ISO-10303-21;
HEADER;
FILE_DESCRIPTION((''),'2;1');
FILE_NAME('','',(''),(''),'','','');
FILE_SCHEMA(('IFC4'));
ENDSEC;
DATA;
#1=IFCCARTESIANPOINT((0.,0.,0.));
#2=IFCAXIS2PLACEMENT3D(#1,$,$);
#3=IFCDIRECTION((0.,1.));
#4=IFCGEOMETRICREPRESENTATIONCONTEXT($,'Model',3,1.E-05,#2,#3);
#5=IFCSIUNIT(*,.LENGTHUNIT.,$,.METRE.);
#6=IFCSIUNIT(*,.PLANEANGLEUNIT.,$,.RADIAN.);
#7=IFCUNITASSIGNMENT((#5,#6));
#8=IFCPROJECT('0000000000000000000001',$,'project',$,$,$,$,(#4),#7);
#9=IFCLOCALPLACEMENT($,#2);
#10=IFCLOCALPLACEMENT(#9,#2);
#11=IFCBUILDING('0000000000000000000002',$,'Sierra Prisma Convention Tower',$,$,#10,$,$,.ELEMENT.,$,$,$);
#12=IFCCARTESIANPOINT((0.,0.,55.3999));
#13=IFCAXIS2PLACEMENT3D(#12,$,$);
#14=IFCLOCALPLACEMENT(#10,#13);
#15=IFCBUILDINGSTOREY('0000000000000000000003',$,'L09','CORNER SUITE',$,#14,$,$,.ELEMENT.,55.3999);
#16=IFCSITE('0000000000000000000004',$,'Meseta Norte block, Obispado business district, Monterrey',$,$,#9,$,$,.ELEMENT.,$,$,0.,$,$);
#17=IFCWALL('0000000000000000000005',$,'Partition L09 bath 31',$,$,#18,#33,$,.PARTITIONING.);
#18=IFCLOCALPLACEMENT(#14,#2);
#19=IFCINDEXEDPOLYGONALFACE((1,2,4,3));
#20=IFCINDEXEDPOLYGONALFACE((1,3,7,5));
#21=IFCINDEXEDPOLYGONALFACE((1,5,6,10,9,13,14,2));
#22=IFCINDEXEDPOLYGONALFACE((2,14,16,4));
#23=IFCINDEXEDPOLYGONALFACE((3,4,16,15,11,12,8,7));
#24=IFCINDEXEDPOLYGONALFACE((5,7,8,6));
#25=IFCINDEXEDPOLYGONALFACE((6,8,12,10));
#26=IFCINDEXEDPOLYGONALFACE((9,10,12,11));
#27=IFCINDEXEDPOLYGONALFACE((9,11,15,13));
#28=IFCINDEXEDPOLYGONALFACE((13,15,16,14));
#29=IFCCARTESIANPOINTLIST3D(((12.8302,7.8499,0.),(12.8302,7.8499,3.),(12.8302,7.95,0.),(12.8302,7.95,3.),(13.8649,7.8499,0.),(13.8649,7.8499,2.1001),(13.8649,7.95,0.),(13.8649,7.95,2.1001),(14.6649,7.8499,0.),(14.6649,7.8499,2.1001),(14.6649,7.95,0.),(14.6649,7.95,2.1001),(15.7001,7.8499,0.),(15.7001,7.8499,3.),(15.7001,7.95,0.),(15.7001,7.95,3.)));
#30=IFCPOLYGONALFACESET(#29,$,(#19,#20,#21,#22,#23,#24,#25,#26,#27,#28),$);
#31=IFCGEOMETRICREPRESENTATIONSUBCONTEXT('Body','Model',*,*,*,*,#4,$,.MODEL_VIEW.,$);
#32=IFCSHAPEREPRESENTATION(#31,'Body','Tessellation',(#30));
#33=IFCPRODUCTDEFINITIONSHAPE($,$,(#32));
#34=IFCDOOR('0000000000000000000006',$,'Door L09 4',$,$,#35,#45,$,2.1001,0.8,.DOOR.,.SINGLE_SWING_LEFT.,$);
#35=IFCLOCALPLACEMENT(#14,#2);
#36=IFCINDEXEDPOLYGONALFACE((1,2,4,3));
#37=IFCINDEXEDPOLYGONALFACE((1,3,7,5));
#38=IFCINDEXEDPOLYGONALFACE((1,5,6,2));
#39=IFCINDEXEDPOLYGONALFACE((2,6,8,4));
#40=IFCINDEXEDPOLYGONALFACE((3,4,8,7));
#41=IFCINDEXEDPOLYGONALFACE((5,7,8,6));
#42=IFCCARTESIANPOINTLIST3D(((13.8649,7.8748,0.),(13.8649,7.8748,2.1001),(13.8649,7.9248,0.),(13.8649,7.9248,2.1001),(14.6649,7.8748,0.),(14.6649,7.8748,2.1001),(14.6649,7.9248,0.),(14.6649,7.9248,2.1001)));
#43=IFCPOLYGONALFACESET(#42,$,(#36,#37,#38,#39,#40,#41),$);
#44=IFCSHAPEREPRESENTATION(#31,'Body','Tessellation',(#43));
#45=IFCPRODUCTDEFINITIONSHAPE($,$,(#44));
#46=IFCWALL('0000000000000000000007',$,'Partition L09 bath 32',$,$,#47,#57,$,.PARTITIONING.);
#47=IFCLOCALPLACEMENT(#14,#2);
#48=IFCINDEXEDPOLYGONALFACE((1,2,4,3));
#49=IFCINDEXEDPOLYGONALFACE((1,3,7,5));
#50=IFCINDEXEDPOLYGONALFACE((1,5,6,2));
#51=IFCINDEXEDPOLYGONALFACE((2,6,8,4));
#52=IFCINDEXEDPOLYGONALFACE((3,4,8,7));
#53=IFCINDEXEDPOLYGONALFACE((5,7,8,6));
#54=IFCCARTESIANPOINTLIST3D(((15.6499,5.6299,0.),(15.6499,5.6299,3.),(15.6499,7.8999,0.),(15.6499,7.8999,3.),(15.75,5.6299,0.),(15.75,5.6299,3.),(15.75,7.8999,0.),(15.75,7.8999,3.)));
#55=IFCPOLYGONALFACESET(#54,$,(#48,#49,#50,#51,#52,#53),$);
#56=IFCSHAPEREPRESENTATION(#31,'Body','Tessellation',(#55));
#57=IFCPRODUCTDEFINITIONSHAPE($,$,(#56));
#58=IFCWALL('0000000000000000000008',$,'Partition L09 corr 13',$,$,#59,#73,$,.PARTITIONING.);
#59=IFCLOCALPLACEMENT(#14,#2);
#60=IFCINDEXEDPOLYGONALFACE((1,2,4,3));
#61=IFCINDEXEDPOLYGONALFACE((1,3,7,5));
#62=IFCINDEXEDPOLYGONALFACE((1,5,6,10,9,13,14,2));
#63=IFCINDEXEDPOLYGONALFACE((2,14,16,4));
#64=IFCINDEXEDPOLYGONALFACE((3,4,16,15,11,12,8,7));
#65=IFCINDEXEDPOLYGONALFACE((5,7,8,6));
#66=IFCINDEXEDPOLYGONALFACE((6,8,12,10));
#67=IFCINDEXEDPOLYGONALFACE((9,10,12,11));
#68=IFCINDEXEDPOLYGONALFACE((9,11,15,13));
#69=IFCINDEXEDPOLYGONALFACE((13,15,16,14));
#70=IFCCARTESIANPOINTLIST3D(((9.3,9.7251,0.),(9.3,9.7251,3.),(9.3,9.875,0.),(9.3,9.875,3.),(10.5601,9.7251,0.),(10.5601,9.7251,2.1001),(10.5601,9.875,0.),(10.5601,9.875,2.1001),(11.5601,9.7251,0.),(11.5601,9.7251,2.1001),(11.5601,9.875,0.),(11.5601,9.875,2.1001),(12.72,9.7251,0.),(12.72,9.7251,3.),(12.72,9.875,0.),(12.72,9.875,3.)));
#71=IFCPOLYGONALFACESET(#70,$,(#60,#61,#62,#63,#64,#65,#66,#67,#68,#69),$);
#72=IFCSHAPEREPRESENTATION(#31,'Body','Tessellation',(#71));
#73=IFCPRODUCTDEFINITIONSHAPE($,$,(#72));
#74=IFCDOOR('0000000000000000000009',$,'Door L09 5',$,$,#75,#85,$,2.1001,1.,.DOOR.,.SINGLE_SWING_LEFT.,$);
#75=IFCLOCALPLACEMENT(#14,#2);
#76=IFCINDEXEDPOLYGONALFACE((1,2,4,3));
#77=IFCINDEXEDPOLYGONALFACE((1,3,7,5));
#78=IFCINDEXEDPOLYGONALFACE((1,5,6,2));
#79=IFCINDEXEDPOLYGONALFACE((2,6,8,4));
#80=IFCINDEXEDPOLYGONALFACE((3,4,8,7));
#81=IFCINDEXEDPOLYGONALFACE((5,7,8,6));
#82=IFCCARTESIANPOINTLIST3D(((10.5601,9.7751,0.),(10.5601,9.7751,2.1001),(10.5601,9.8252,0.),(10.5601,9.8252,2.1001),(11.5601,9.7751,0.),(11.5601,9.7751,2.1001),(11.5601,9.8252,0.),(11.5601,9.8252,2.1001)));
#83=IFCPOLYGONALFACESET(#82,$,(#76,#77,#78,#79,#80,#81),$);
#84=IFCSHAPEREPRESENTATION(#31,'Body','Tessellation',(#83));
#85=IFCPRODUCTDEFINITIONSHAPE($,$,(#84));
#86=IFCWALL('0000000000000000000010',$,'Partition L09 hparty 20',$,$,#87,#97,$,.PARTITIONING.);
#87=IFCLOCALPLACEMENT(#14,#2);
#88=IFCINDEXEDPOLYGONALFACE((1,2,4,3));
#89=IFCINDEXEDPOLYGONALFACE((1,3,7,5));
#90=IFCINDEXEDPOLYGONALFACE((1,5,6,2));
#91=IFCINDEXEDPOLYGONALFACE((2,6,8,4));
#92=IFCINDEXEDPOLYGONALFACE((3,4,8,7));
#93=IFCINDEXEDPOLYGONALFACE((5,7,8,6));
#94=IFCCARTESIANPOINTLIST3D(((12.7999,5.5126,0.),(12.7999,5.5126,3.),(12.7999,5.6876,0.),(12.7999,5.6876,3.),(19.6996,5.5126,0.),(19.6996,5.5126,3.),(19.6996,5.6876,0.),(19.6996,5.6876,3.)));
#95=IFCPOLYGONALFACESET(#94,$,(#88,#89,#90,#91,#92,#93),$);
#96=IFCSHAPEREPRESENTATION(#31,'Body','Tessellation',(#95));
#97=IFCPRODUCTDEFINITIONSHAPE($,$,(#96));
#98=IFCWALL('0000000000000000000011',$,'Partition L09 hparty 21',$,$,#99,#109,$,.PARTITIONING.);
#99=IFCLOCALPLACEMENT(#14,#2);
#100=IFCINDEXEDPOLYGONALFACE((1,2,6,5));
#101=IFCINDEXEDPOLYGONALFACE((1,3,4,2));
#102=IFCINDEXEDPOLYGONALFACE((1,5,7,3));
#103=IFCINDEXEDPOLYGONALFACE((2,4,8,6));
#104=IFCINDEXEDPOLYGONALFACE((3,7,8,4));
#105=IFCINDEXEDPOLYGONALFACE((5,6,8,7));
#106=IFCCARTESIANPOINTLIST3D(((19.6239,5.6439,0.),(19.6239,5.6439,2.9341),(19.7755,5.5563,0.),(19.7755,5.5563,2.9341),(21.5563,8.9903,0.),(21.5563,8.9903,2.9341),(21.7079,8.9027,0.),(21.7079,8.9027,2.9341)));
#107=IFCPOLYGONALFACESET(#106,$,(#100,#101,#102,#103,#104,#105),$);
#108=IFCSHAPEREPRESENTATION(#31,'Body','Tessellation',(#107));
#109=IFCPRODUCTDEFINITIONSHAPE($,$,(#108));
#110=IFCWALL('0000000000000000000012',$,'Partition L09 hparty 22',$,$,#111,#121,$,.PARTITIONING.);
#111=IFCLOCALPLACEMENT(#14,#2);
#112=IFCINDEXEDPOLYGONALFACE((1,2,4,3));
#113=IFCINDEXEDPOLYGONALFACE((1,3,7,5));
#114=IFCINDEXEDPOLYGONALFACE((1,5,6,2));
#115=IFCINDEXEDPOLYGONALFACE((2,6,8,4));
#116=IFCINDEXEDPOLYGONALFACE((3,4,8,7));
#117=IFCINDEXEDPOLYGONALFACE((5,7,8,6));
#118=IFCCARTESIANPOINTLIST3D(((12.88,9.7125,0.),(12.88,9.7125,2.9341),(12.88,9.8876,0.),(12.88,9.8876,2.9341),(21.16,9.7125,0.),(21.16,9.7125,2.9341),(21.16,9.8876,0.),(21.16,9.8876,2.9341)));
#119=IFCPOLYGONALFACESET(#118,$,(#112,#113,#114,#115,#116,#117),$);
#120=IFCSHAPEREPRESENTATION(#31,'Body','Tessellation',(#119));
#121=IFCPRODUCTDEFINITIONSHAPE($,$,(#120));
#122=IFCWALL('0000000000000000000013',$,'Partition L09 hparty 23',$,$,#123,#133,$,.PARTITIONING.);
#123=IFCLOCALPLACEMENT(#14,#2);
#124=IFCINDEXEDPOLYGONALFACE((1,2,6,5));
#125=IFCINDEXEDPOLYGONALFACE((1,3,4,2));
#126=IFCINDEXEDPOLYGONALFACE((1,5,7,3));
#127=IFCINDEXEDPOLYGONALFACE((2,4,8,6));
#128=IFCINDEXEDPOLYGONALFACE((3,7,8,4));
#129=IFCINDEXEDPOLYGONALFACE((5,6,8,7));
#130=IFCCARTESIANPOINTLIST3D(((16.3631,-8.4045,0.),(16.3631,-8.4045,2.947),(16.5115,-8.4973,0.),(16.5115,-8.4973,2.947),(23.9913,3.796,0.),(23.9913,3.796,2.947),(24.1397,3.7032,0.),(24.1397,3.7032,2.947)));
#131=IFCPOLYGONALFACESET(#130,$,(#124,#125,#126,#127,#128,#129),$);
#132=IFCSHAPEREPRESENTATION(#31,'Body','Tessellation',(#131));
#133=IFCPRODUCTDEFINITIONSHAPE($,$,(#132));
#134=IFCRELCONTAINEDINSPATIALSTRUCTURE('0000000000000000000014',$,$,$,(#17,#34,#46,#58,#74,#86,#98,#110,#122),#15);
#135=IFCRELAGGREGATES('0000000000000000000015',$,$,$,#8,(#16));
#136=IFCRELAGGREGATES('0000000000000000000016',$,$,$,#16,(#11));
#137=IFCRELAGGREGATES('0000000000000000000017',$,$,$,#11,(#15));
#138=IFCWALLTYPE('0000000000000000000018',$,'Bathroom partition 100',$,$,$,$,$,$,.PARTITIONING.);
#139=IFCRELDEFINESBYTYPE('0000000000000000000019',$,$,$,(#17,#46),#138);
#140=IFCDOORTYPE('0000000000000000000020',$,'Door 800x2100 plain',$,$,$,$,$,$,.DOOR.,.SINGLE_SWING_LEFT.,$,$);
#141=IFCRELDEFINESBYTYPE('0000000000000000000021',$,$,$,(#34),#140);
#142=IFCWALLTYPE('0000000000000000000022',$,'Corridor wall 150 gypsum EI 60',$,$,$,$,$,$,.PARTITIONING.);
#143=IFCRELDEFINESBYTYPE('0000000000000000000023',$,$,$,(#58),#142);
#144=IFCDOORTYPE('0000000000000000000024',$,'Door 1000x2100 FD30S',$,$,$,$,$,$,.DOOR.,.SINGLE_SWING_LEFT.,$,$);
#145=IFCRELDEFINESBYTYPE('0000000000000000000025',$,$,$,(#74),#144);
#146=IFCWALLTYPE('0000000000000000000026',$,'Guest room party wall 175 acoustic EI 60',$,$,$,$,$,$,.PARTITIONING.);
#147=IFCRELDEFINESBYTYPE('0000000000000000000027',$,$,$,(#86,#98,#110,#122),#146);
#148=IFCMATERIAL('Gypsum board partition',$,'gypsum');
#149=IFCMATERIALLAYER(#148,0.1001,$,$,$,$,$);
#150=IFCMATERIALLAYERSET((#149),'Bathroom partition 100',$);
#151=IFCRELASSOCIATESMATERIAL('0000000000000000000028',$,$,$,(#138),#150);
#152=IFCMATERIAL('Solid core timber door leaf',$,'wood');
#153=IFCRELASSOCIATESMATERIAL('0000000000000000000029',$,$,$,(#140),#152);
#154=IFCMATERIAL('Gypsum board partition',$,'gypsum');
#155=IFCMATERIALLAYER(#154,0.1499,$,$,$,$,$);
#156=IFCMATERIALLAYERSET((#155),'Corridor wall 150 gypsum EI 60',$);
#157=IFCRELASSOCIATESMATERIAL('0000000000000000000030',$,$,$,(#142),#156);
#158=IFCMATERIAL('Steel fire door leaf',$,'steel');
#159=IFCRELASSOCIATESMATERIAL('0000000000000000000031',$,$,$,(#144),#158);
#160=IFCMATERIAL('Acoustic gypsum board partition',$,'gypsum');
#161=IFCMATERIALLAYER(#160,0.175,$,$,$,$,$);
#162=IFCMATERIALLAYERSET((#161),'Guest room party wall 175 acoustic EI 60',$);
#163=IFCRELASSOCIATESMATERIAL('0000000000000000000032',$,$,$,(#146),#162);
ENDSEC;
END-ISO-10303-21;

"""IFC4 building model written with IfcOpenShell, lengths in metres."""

from ifc_helpers import new_model, si_unit, direction, frame, frame_2d, origin, place, context, subcontext, project, spatial, rectangle, extrude, material, layer, layer_set, type_object, element, fill, save


model = new_model("IFC4")

# Units and contexts
model_context = context("Model", 3, precision=1e-05, world=origin(), true_north=direction((0.0, 1.0)))
body_context = subcontext(model_context, "Body", "Model", "MODEL_VIEW")
ifc_project = project(units=[si_unit("LENGTHUNIT", "METRE"), si_unit("PLANEANGLEUNIT", "RADIAN")], contexts=[model_context])

# Site, building, storey
site_placement = place(None, origin())
site = spatial("IfcSite", under=ifc_project, at=site_placement, Name="Meseta Norte block, Obispado business district, Monterrey", CompositionType="ELEMENT", RefElevation=0.0)
building_placement = place(site_placement, origin())
building = spatial("IfcBuilding", under=site, at=building_placement, Name="Sierra Prisma Convention Tower", CompositionType="ELEMENT")
storey_placement = place(building_placement, frame((0.0, 0.0, 55.3999)))
storey = spatial("IfcBuildingStorey", under=building, at=storey_placement, Name="L09", Description="CORNER SUITE", CompositionType="ELEMENT", Elevation=55.3999)

# Wall, opening, door
ifc_material_1 = material(Name="Gypsum board partition", Category="gypsum")
ifc_layer_1 = layer(ifc_material_1, 0.1001)
ifc_layer_set_1 = layer_set([ifc_layer_1], Name="Bathroom partition 100")
wall_type_1 = type_object("IfcWallType", Name="Bathroom partition 100", PredefinedType="PARTITIONING", material=ifc_layer_set_1)
wall_1_placement = place(storey_placement, frame((12.8301, 7.8999, 0.0), z_axis=(0.0, 0.0, 1.0), x_axis=(1.0, 0.0, 0.0)))
wall_1 = element("IfcWall", 1, at=wall_1_placement, inside=storey, type_object=wall_type_1, Name="Partition L09 bath 31", PredefinedType="PARTITIONING", context=body_context, shape_type="SweptSolid", body=[
    extrude(rectangle(XDim=2.8699, YDim=0.1001, at=frame_2d((1.4351, 0.0))), origin(), (0.0, 0.0, 1.0), 3.0),
])
opening_1_placement = place(wall_1_placement, frame((1.0349, 0.0, 0.0)))
opening_1 = element("IfcOpeningElement", 2, at=opening_1_placement, cuts=wall_1, PredefinedType="OPENING", context=body_context, shape_type="SweptSolid", body=[
    extrude(rectangle(XDim=0.8, YDim=2.1001, at=frame_2d((0.3999, 1.05))), frame((0.0, 0.05, 0.0), z_axis=(0.0, -1.0, 0.0), x_axis=(1.0, 0.0, 0.0)), (0.0, 0.0, 1.0), 0.1001),
])
ifc_material_2 = material(Name="Solid core timber door leaf", Category="wood")
door_type_1 = type_object("IfcDoorType", Name="Door 800x2100 plain", OperationType="SINGLE_SWING_LEFT", PredefinedType="DOOR", material=ifc_material_2)
door_1_placement = place(opening_1_placement, origin())
door_1 = element("IfcDoor", 3, at=door_1_placement, inside=storey, type_object=door_type_1, Name="Door L09 4", OperationType="SINGLE_SWING_LEFT", OverallHeight=2.1001, OverallWidth=0.8, PredefinedType="DOOR", context=body_context, shape_type="SweptSolid", body=[
    extrude(rectangle(XDim=0.8, YDim=2.1001, at=frame_2d((0.3999, 1.05))), frame((0.0, 0.0249, 0.0), z_axis=(0.0, -1.0, 0.0), x_axis=(1.0, 0.0, 0.0)), (0.0, 0.0, 1.0), 0.05),
])
fill(opening_1, door_1)

# Wall
wall_2_placement = place(storey_placement, frame((15.7, 7.8999, 0.0), z_axis=(0.0, 0.0, 1.0), x_axis=(0.0, -1.0, 0.0)))
element("IfcWall", 4, at=wall_2_placement, inside=storey, type_object=wall_type_1, Name="Partition L09 bath 32", PredefinedType="PARTITIONING", context=body_context, shape_type="SweptSolid", body=[
    extrude(rectangle(XDim=2.27, YDim=0.1001, at=frame_2d((1.135, 0.0))), origin(), (0.0, 0.0, 1.0), 3.0),
])

# Wall, opening, door
ifc_material_3 = material(Name="Gypsum board partition", Category="gypsum")
ifc_layer_2 = layer(ifc_material_3, 0.1499)
ifc_layer_set_2 = layer_set([ifc_layer_2], Name="Corridor wall 150 gypsum EI 60")
wall_type_2 = type_object("IfcWallType", Name="Corridor wall 150 gypsum EI 60", PredefinedType="PARTITIONING", material=ifc_layer_set_2)
wall_3_placement = place(storey_placement, frame((12.72, 9.8, 0.0), z_axis=(0.0, 0.0, 1.0), x_axis=(-1.0, 0.0, 0.0)))
wall_3 = element("IfcWall", 5, at=wall_3_placement, inside=storey, type_object=wall_type_2, Name="Partition L09 corr 13", PredefinedType="PARTITIONING", context=body_context, shape_type="SweptSolid", body=[
    extrude(rectangle(XDim=3.4199, YDim=0.1499, at=frame_2d((1.71, 0.0))), origin(), (0.0, 0.0, 1.0), 3.0),
])
opening_2_placement = place(wall_3_placement, frame((1.1599, 0.0, 0.0)))
opening_2 = element("IfcOpeningElement", 6, at=opening_2_placement, cuts=wall_3, PredefinedType="OPENING", context=body_context, shape_type="SweptSolid", body=[
    extrude(rectangle(XDim=1.0, YDim=2.1001, at=frame_2d((0.5, 1.05))), frame((0.0, 0.075, 0.0), z_axis=(0.0, -1.0, 0.0), x_axis=(1.0, 0.0, 0.0)), (0.0, 0.0, 1.0), 0.1499),
])
ifc_material_4 = material(Name="Steel fire door leaf", Category="steel")
door_type_2 = type_object("IfcDoorType", Name="Door 1000x2100 FD30S", OperationType="SINGLE_SWING_LEFT", PredefinedType="DOOR", material=ifc_material_4)
door_2_placement = place(opening_2_placement, origin())
door_2 = element("IfcDoor", 7, at=door_2_placement, inside=storey, type_object=door_type_2, Name="Door L09 5", OperationType="SINGLE_SWING_LEFT", OverallHeight=2.1001, OverallWidth=1.0, PredefinedType="DOOR", context=body_context, shape_type="SweptSolid", body=[
    extrude(rectangle(XDim=1.0, YDim=2.1001, at=frame_2d((0.5, 1.05))), frame((0.0, 0.0249, 0.0), z_axis=(0.0, -1.0, 0.0), x_axis=(1.0, 0.0, 0.0)), (0.0, 0.0, 1.0), 0.05),
])
fill(opening_2, door_2)

# Walls
ifc_material_5 = material(Name="Acoustic gypsum board partition", Category="gypsum")
ifc_layer_3 = layer(ifc_material_5, 0.175)
ifc_layer_set_3 = layer_set([ifc_layer_3], Name="Guest room party wall 175 acoustic EI 60")
wall_type_3 = type_object("IfcWallType", Name="Guest room party wall 175 acoustic EI 60", PredefinedType="PARTITIONING", material=ifc_layer_set_3)
wall_4_placement = place(storey_placement, frame((12.8, 5.6001, 0.0), z_axis=(0.0, 0.0, 1.0), x_axis=(1.0, 0.0, 0.0)))
element("IfcWall", 8, at=wall_4_placement, inside=storey, type_object=wall_type_3, Name="Partition L09 hparty 20", PredefinedType="PARTITIONING", context=body_context, shape_type="SweptSolid", body=[
    extrude(rectangle(XDim=6.8997, YDim=0.175, at=frame_2d((3.4497, 0.0))), origin(), (0.0, 0.0, 1.0), 3.0),
])
wall_5_placement = place(storey_placement, frame((19.6997, 5.6001, 0.0), z_axis=(0.0, 0.0, 1.0), x_axis=(0.50006, 0.865991, 0.0)))
element("IfcWall", 9, at=wall_5_placement, inside=storey, type_object=wall_type_3, Name="Partition L09 hparty 21", PredefinedType="PARTITIONING", context=body_context, shape_type="SweptSolid", body=[
    extrude(rectangle(XDim=3.8643, YDim=0.175, at=frame_2d((1.9321, 0.0))), origin(), (0.0, 0.0, 1.0), 2.9341),
])
wall_6_placement = place(storey_placement, frame((12.8799, 9.8, 0.0), z_axis=(0.0, 0.0, 1.0), x_axis=(1.0, 0.0, 0.0)))
element("IfcWall", 10, at=wall_6_placement, inside=storey, type_object=wall_type_3, Name="Partition L09 hparty 22", PredefinedType="PARTITIONING", context=body_context, shape_type="SweptSolid", body=[
    extrude(rectangle(XDim=8.28, YDim=0.175, at=frame_2d((4.1401, 0.0))), origin(), (0.0, 0.0, 1.0), 2.9341),
])
wall_7_placement = place(storey_placement, frame((24.0654, 3.7495, 0.0), z_axis=(0.0, 0.0, 1.0), x_axis=(-0.530144, -0.847908, 0.0)))
element("IfcWall", 11, at=wall_7_placement, inside=storey, type_object=wall_type_3, Name="Partition L09 hparty 23", PredefinedType="PARTITIONING", context=body_context, shape_type="SweptSolid", body=[
    extrude(rectangle(XDim=14.3889, YDim=0.175, at=frame_2d((7.1943, 0.0))), origin(), (0.0, 0.0, 1.0), 2.947),
])

save(model, "model.ifc")
